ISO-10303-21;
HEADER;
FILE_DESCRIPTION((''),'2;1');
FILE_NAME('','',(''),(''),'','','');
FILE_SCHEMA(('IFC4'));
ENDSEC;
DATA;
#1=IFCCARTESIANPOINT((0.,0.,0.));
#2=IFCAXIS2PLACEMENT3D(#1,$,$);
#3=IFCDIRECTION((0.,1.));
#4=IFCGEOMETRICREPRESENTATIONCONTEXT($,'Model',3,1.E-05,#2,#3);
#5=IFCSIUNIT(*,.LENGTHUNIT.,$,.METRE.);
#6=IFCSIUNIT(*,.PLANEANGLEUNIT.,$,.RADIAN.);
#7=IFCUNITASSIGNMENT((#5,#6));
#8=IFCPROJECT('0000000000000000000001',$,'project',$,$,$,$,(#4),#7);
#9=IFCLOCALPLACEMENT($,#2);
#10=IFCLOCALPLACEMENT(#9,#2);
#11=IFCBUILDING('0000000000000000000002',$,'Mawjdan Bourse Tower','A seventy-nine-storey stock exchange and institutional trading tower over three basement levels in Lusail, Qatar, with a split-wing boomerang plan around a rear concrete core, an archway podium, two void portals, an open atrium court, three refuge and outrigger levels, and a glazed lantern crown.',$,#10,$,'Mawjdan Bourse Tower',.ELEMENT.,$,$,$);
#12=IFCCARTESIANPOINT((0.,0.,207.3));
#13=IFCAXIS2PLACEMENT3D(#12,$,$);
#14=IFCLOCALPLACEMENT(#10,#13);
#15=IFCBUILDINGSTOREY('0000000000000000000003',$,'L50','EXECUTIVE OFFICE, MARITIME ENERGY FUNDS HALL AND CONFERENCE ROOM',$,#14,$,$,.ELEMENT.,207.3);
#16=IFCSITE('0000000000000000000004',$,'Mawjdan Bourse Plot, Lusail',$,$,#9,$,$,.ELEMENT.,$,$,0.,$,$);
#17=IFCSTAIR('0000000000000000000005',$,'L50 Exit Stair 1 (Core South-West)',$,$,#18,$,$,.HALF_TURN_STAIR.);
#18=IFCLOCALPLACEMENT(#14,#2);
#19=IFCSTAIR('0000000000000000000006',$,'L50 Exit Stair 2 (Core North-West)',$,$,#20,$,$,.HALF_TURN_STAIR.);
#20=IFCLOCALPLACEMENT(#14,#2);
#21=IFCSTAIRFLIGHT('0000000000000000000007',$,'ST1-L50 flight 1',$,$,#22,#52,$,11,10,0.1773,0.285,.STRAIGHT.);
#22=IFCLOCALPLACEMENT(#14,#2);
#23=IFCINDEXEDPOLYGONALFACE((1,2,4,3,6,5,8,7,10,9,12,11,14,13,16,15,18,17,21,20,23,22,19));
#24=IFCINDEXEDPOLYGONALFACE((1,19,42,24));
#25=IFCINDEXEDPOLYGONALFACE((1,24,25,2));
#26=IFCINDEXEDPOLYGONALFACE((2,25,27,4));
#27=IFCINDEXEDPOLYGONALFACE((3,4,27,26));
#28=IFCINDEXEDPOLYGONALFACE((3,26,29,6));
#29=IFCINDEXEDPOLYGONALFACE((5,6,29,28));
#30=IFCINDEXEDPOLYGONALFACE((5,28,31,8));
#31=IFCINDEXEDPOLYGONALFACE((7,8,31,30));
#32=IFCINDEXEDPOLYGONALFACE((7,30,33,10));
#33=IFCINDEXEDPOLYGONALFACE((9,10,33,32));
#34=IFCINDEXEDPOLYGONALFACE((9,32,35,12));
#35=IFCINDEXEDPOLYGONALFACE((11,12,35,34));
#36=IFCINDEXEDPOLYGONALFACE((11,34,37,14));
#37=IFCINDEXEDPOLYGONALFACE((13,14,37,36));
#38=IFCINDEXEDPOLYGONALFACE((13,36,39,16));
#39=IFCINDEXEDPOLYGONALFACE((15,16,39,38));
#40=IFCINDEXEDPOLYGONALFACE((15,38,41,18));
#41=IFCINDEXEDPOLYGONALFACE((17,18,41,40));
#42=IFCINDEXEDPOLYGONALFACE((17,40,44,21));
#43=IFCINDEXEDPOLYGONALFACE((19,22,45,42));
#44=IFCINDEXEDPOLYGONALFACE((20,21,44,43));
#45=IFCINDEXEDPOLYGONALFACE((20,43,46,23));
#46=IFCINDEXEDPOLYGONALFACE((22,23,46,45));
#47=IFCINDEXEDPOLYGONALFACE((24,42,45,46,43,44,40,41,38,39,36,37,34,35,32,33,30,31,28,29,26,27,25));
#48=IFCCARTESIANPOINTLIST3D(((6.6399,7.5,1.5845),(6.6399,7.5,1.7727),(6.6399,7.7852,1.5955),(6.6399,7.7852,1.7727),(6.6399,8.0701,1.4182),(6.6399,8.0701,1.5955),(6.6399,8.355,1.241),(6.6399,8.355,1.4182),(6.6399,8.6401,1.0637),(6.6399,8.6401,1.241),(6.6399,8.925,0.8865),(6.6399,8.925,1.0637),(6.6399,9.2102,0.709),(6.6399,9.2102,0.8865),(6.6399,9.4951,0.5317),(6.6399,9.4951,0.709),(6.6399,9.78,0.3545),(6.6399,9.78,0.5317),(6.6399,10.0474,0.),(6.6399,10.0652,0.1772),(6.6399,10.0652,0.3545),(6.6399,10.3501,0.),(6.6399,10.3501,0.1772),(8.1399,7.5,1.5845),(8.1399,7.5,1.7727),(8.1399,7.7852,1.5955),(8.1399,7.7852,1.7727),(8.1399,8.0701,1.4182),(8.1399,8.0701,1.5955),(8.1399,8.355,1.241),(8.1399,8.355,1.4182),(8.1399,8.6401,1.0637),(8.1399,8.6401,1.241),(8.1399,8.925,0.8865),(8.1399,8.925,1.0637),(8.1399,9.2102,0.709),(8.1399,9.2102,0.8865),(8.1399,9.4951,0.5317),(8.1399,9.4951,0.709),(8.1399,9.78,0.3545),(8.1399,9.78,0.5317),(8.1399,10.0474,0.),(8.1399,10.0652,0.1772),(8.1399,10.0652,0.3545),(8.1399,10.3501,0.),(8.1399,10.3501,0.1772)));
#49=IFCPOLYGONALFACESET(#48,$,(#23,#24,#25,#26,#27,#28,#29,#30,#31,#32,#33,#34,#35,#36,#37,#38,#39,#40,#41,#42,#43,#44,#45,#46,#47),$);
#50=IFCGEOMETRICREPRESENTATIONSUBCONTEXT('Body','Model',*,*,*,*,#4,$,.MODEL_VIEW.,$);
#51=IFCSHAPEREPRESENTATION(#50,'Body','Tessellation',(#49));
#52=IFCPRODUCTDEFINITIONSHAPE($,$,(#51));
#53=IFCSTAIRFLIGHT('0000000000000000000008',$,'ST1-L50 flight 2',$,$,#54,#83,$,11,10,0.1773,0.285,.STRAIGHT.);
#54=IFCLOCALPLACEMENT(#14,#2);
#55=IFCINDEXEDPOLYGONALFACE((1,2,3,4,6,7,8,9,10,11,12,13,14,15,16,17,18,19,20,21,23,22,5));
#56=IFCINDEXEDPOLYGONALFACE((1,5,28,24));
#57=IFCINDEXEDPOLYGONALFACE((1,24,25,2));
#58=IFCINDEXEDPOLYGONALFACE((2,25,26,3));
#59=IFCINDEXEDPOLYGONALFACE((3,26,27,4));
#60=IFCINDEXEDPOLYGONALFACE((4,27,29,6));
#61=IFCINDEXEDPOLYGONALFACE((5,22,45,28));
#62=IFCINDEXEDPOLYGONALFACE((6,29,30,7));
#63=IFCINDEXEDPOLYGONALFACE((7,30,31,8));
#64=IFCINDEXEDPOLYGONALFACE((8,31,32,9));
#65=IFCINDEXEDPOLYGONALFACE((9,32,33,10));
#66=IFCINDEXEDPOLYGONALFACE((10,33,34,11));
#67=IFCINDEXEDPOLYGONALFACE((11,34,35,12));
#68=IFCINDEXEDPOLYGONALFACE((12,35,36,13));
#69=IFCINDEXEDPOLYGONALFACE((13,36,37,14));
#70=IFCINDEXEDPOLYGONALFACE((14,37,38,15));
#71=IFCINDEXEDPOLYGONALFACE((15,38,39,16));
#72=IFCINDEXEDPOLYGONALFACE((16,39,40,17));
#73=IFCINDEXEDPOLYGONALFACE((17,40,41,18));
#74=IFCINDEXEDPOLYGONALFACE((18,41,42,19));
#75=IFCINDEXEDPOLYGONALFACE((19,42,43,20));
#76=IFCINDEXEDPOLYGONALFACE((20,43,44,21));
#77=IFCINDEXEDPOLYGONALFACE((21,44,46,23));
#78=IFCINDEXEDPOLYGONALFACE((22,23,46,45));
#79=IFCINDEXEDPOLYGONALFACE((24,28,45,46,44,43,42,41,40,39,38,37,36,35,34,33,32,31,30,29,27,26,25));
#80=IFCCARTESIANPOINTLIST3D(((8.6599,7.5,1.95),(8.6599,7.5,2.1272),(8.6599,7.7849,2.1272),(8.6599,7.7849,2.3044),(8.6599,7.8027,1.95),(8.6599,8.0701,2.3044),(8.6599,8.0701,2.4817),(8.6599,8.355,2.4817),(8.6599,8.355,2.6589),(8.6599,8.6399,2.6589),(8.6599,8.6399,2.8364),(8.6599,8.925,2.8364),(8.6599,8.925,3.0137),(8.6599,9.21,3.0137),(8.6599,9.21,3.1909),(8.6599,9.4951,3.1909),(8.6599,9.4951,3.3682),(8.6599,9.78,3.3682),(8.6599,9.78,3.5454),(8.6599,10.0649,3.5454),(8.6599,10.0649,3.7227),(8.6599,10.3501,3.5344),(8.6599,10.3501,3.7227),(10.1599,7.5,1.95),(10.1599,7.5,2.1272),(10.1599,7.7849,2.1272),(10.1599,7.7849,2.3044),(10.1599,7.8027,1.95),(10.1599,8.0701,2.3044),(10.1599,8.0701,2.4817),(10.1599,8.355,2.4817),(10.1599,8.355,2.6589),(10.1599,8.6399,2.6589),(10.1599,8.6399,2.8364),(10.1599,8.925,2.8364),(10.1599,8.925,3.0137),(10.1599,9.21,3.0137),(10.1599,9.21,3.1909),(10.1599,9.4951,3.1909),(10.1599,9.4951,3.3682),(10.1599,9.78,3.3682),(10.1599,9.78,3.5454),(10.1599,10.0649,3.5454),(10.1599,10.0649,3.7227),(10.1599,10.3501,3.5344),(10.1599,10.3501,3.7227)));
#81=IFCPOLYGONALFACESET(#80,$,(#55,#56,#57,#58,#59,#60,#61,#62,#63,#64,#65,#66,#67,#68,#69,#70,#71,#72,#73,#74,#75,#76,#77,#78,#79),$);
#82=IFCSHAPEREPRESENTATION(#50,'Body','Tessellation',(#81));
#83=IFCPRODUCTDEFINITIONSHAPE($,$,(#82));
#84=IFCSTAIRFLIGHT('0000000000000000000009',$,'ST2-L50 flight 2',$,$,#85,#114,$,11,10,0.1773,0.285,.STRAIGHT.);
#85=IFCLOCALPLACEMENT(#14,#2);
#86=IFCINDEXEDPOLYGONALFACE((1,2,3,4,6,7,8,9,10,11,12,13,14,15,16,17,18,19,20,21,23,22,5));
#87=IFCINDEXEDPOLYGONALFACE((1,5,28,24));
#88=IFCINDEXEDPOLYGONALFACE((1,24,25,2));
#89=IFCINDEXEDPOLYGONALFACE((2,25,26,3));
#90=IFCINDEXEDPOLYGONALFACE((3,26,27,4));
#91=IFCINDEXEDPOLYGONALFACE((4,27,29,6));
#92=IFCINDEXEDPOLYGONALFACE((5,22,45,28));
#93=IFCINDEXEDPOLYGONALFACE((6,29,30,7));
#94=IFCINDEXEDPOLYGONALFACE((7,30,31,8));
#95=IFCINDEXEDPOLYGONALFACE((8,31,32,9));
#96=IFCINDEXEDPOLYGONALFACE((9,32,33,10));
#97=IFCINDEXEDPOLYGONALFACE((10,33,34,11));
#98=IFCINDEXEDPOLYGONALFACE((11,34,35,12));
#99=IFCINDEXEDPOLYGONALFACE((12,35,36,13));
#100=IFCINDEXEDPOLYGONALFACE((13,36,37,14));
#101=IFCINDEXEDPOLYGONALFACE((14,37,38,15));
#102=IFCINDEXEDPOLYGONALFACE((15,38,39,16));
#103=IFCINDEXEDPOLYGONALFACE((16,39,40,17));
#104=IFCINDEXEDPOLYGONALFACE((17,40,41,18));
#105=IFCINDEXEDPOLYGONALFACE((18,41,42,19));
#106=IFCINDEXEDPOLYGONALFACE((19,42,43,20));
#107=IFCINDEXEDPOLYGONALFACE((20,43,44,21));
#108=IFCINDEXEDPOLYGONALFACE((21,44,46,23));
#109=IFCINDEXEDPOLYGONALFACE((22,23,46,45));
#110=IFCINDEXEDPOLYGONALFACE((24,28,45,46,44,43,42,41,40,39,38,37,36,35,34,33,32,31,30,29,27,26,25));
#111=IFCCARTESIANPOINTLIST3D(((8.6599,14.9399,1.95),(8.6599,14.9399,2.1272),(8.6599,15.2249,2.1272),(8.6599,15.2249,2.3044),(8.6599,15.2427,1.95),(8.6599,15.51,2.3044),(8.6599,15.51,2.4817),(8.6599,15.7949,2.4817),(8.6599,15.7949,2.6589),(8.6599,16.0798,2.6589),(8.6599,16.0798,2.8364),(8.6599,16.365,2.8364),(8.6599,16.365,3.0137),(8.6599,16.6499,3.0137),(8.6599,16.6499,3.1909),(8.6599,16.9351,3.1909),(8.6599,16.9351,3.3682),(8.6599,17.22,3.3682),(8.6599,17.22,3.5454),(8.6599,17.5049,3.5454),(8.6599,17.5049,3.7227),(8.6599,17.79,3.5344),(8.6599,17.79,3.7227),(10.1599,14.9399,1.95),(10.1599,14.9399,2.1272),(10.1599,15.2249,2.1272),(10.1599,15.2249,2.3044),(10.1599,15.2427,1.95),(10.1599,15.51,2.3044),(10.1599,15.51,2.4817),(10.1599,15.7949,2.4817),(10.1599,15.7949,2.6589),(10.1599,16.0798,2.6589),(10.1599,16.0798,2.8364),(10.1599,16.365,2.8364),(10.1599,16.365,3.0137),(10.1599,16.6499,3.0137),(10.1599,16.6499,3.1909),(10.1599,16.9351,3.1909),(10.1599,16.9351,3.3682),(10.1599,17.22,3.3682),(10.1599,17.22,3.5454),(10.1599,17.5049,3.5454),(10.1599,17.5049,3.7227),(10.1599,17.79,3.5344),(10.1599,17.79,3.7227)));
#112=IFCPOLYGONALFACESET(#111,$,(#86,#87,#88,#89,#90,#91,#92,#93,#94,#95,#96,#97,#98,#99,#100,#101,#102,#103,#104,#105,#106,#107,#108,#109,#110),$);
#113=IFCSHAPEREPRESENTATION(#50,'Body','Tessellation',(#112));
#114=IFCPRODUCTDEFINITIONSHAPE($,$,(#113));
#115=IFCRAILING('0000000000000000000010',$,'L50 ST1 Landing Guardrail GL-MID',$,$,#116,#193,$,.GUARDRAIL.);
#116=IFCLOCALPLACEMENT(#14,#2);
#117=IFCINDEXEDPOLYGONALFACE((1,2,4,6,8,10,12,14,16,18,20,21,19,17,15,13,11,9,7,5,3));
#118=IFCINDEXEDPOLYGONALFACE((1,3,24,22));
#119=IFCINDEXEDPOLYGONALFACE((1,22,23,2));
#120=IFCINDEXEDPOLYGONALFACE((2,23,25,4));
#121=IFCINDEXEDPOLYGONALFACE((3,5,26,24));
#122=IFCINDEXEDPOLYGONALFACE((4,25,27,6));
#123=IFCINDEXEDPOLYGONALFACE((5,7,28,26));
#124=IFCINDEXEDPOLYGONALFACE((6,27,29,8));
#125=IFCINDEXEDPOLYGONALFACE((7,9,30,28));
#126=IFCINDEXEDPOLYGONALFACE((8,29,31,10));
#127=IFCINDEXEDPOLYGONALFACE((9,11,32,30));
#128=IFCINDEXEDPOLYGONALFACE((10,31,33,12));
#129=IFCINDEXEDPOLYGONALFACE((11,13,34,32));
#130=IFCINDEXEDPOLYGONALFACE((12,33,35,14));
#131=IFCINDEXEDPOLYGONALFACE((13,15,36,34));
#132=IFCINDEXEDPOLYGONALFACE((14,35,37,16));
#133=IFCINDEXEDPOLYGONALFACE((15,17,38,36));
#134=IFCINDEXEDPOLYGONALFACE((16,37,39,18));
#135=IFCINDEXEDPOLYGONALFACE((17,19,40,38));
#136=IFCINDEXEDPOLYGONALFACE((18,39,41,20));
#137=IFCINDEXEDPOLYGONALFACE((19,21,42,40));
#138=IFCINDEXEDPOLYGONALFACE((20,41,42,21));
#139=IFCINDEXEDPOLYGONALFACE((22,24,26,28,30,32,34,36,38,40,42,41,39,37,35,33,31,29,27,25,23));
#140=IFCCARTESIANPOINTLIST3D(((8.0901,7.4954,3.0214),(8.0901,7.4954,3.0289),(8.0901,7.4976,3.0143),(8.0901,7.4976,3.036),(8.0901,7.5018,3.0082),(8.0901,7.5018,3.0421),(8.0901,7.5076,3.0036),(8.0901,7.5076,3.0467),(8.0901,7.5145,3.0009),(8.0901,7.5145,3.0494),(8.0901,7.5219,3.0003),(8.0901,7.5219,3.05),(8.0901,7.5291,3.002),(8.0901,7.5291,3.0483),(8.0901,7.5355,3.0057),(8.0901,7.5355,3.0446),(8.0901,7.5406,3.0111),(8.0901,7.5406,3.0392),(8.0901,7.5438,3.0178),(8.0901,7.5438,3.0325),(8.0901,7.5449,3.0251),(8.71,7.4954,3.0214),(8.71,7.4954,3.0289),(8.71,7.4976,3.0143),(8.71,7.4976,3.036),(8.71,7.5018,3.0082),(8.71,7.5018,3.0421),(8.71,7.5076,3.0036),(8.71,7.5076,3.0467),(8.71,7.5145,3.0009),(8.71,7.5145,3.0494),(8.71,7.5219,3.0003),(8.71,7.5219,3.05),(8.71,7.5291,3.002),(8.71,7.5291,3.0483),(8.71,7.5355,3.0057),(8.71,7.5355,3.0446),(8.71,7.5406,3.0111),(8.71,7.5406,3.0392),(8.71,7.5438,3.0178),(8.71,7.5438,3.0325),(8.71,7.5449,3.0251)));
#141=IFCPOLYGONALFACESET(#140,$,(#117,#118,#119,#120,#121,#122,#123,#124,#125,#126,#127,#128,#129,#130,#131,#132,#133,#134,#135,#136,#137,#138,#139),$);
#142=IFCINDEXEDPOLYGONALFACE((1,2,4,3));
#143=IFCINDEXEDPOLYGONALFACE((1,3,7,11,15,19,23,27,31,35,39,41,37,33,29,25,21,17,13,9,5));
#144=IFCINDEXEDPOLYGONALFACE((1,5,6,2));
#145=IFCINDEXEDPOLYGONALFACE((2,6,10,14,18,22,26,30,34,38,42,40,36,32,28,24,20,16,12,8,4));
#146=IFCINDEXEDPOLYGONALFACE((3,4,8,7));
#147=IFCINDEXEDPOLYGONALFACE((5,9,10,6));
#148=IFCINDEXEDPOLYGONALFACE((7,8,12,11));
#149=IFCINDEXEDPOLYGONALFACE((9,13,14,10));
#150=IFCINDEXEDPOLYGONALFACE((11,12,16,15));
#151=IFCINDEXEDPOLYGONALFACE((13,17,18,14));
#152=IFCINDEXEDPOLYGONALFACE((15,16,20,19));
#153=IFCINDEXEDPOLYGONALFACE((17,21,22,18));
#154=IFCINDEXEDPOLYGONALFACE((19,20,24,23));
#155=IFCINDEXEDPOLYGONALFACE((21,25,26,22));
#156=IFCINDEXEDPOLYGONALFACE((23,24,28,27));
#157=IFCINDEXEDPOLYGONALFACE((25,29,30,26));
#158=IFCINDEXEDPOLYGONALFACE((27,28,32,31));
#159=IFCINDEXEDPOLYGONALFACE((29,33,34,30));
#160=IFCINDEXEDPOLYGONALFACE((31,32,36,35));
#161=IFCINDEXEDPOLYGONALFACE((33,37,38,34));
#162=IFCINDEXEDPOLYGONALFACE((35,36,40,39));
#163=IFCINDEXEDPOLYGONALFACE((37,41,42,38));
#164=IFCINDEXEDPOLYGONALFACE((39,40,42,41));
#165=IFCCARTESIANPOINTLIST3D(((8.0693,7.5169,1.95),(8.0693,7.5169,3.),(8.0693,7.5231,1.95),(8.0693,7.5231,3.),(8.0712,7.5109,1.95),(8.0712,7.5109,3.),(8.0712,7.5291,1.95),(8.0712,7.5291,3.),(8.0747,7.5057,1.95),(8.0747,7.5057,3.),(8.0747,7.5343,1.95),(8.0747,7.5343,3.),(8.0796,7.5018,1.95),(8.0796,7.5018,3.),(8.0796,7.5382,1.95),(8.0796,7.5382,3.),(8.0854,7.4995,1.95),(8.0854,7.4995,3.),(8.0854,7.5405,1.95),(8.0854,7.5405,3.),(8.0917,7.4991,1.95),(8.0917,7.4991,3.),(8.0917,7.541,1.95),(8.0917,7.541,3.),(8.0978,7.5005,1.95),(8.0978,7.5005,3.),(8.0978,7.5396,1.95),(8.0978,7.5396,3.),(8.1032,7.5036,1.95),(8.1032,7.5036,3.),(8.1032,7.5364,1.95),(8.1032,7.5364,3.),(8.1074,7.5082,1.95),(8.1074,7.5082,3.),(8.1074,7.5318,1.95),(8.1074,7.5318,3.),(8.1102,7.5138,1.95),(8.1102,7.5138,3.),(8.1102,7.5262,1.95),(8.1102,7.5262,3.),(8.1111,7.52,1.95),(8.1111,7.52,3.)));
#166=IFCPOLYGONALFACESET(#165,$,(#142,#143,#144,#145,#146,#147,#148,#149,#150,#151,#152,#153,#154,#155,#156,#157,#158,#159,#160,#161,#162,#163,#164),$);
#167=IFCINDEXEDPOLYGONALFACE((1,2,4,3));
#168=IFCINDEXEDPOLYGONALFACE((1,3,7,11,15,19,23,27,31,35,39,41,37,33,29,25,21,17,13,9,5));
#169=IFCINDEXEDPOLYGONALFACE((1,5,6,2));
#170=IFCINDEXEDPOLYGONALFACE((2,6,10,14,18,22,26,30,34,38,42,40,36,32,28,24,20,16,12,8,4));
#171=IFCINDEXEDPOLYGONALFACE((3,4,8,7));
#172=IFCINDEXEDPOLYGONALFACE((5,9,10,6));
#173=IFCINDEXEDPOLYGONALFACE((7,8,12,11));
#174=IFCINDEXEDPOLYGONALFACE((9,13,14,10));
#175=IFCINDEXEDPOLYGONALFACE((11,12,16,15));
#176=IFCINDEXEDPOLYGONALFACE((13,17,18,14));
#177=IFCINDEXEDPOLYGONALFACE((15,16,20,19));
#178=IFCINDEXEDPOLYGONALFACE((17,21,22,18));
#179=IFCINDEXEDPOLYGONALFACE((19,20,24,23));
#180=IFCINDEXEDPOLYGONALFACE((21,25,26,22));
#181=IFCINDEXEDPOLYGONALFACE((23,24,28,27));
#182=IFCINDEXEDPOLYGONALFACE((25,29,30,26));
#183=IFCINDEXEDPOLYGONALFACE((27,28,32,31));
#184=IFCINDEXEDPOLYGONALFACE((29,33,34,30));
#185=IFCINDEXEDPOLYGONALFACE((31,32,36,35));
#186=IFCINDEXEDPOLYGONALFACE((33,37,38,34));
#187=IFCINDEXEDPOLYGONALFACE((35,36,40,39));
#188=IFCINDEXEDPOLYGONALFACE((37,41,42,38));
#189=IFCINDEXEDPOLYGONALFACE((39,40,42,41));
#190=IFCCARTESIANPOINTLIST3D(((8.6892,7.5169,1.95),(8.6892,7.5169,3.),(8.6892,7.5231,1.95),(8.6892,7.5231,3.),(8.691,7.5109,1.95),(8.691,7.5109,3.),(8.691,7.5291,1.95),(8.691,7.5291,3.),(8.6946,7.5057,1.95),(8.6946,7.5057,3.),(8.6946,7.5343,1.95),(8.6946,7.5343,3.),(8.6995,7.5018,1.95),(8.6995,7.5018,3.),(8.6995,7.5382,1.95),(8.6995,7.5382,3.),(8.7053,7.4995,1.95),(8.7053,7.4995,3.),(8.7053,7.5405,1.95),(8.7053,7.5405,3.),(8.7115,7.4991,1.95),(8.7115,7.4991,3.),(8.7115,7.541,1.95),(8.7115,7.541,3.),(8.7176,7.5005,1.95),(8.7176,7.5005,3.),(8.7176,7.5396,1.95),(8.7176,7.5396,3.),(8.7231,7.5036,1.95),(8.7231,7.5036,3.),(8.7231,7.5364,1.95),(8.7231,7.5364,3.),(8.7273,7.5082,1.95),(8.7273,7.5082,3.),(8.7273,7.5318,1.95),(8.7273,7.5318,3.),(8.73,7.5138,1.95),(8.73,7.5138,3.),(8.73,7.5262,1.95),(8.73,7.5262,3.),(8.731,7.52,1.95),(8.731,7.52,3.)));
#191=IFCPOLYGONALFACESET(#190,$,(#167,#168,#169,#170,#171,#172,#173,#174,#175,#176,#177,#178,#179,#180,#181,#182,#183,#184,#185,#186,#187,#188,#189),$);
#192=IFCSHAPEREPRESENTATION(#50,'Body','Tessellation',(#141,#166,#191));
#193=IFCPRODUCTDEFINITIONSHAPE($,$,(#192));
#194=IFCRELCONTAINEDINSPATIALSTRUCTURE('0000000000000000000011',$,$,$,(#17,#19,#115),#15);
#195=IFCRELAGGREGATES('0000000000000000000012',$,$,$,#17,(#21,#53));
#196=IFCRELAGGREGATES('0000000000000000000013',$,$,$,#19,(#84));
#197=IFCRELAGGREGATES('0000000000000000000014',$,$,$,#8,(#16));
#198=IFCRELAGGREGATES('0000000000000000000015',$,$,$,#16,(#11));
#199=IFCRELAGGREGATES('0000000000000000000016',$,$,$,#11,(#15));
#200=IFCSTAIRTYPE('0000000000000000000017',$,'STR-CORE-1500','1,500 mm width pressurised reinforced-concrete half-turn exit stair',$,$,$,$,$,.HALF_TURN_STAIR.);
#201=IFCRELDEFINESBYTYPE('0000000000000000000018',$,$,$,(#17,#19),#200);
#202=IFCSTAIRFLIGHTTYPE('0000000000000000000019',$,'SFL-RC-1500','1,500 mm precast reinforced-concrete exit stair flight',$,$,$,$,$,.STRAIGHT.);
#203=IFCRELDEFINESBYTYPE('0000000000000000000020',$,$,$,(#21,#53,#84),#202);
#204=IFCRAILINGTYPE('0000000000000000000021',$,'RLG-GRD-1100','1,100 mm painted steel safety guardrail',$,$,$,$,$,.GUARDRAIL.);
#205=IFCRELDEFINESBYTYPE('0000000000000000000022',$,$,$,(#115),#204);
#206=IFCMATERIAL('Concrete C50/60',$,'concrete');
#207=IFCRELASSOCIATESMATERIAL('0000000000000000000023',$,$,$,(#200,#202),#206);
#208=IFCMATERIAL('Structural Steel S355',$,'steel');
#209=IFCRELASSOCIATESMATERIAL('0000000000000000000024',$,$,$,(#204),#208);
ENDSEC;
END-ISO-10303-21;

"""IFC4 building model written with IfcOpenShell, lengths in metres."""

from ifc_helpers import new_model, si_unit, direction, frame, origin, origin_2d, place, context, subcontext, project, spatial, polyline, circle, outline, extrude, material, type_object, element, aggregate, save


model = new_model("IFC4")

# Units and contexts
model_context = context("Model", 3, precision=1e-05, world=origin(), true_north=direction((0.0, 1.0)))
body_context = subcontext(model_context, "Body", "Model", "MODEL_VIEW")
ifc_project = project(units=[si_unit("LENGTHUNIT", "METRE"), si_unit("PLANEANGLEUNIT", "RADIAN")], contexts=[model_context])

# Site, building, storey
site_placement = place(None, origin())
site = spatial("IfcSite", under=ifc_project, at=site_placement, Name="Mawjdan Bourse Plot, Lusail", CompositionType="ELEMENT", RefElevation=0.0)
building_placement = place(site_placement, origin())
building = spatial("IfcBuilding", under=site, at=building_placement, Name="Mawjdan Bourse Tower", Description="A seventy-nine-storey stock exchange and institutional trading tower over three basement levels in Lusail, Qatar, with a split-wing boomerang plan around a rear concrete core, an archway podium, two void portals, an open atrium court, three refuge and outrigger levels, and a glazed lantern crown.", LongName="Mawjdan Bourse Tower", CompositionType="ELEMENT")
storey_placement = place(building_placement, frame((0.0, 0.0, 207.3)))
storey = spatial("IfcBuildingStorey", under=building, at=storey_placement, Name="L50", Description="EXECUTIVE OFFICE, MARITIME ENERGY FUNDS HALL AND CONFERENCE ROOM", CompositionType="ELEMENT", Elevation=207.3)

# Stairs
ifc_material_1 = material(Name="Concrete C50/60", Category="concrete")
stair_type = type_object("IfcStairType", Name="STR-CORE-1500", Description="1,500 mm width pressurised reinforced-concrete half-turn exit stair", PredefinedType="HALF_TURN_STAIR", material=ifc_material_1)
stair_1_placement = place(storey_placement, origin())
stair_1 = element("IfcStair", 1, at=stair_1_placement, inside=storey, type_object=stair_type, Name="L50 Exit Stair 1 (Core South-West)", PredefinedType="HALF_TURN_STAIR")
stair_2_placement = place(storey_placement, origin())
stair_2 = element("IfcStair", 2, at=stair_2_placement, inside=storey, type_object=stair_type, Name="L50 Exit Stair 2 (Core North-West)", PredefinedType="HALF_TURN_STAIR")

# Stair flights
stair_flight_type = type_object("IfcStairFlightType", Name="SFL-RC-1500", Description="1,500 mm precast reinforced-concrete exit stair flight", PredefinedType="STRAIGHT", material=ifc_material_1)
stair_flight_1_placement = place(storey_placement, frame((7.3899, 10.3501, 0.0), z_axis=(0.0, 0.0, 1.0), x_axis=(0.0, -1.0, 0.0)))
stair_flight_1 = element("IfcStairFlight", 3, at=stair_flight_1_placement, type_object=stair_flight_type, Name="ST1-L50 flight 1", NumberOfRisers=11, NumberOfTreads=10, PredefinedType="STRAIGHT", RiserHeight=0.1773, TreadLength=0.285, context=body_context, shape_type="SweptSolid", body=[
    extrude(outline(polyline([(0.0, 0.0), (0.0, 0.1772), (0.2849, 0.1772), (0.2849, 0.3545), (0.5701, 0.3545), (0.5701, 0.5317), (0.855, 0.5317), (0.855, 0.709), (1.1399, 0.709), (1.1399, 0.8865), (1.425, 0.8865), (1.425, 1.0637), (1.71, 1.0637), (1.71, 1.241), (1.9951, 1.241), (1.9951, 1.4182), (2.28, 1.4182), (2.28, 1.5955), (2.5649, 1.5955), (2.5649, 1.7727), (2.8501, 1.7727), (2.8501, 1.95), (2.8501, 1.5845), (0.3027, 0.0), (0.0, 0.0)])), frame((0.0, 0.75, 0.0), z_axis=(0.0, -1.0, 0.0), x_axis=(1.0, 0.0, 0.0)), (0.0, 0.0, 1.0), 1.5),
])
stair_flight_2_placement = place(storey_placement, frame((9.4099, 7.5, 1.95), z_axis=(0.0, 0.0, 1.0), x_axis=(0.0, 1.0, 0.0)))
stair_flight_2 = element("IfcStairFlight", 4, at=stair_flight_2_placement, type_object=stair_flight_type, Name="ST1-L50 flight 2", NumberOfRisers=11, NumberOfTreads=10, PredefinedType="STRAIGHT", RiserHeight=0.1773, TreadLength=0.285, context=body_context, shape_type="SweptSolid", body=[
    extrude(outline(polyline([(0.0, 0.0), (0.0, 0.1772), (0.2849, 0.1772), (0.2849, 0.3545), (0.5701, 0.3545), (0.5701, 0.5317), (0.855, 0.5317), (0.855, 0.709), (1.1399, 0.709), (1.1399, 0.8865), (1.425, 0.8865), (1.425, 1.0637), (1.71, 1.0637), (1.71, 1.241), (1.9951, 1.241), (1.9951, 1.4182), (2.28, 1.4182), (2.28, 1.5955), (2.5649, 1.5955), (2.5649, 1.7727), (2.8501, 1.7727), (2.8501, 1.95), (2.8501, 1.5845), (0.3027, 0.0), (0.0, 0.0)])), frame((0.0, 0.75, 0.0), z_axis=(0.0, -1.0, 0.0), x_axis=(1.0, 0.0, 0.0)), (0.0, 0.0, 1.0), 1.5),
])
aggregate(stair_1, [stair_flight_1, stair_flight_2])
stair_flight_3_placement = place(storey_placement, frame((9.4099, 14.9399, 1.95), z_axis=(0.0, 0.0, 1.0), x_axis=(0.0, 1.0, 0.0)))
stair_flight_3 = element("IfcStairFlight", 5, at=stair_flight_3_placement, type_object=stair_flight_type, Name="ST2-L50 flight 2", NumberOfRisers=11, NumberOfTreads=10, PredefinedType="STRAIGHT", RiserHeight=0.1773, TreadLength=0.285, context=body_context, shape_type="SweptSolid", body=[
    extrude(outline(polyline([(0.0, 0.0), (0.0, 0.1772), (0.2849, 0.1772), (0.2849, 0.3545), (0.5701, 0.3545), (0.5701, 0.5317), (0.855, 0.5317), (0.855, 0.709), (1.1399, 0.709), (1.1399, 0.8865), (1.425, 0.8865), (1.425, 1.0637), (1.71, 1.0637), (1.71, 1.241), (1.9951, 1.241), (1.9951, 1.4182), (2.28, 1.4182), (2.28, 1.5955), (2.5649, 1.5955), (2.5649, 1.7727), (2.8501, 1.7727), (2.8501, 1.95), (2.8501, 1.5845), (0.3027, 0.0), (0.0, 0.0)])), frame((0.0, 0.75, 0.0), z_axis=(0.0, -1.0, 0.0), x_axis=(1.0, 0.0, 0.0)), (0.0, 0.0, 1.0), 1.5),
])
aggregate(stair_2, [stair_flight_3])

# Railing
ifc_material_2 = material(Name="Structural Steel S355", Category="steel")
railing_type_1 = type_object("IfcRailingType", Name="RLG-GRD-1100", Description="1,100 mm painted steel safety guardrail", PredefinedType="GUARDRAIL", material=ifc_material_2)
for number, where, name in (
    (6, (8.0901, 7.52, 1.95), "L50 ST1 Landing Guardrail GL-MID"),
):
    element("IfcRailing", number, at=place(storey_placement, frame(where)), inside=storey, type_object=railing_type_1, Name=name, PredefinedType="GUARDRAIL", context=body_context, shape_type="SweptSolid", body=[
        extrude(circle(Radius=0.0249, at=origin_2d()), frame((0.0, 0.0, 1.0752), z_axis=(1.0, 0.0, 0.0), x_axis=(0.0, 1.0, 0.0)), (0.0, 0.0, 1.0), 0.6199),
        extrude(circle(Radius=0.021, at=origin_2d()), origin(), (0.0, 0.0, 1.0), 1.05),
        extrude(circle(Radius=0.021, at=origin_2d()), frame((0.6199, 0.0, 0.0)), (0.0, 0.0, 1.0), 1.05),
    ])

save(model, "model.ifc")
